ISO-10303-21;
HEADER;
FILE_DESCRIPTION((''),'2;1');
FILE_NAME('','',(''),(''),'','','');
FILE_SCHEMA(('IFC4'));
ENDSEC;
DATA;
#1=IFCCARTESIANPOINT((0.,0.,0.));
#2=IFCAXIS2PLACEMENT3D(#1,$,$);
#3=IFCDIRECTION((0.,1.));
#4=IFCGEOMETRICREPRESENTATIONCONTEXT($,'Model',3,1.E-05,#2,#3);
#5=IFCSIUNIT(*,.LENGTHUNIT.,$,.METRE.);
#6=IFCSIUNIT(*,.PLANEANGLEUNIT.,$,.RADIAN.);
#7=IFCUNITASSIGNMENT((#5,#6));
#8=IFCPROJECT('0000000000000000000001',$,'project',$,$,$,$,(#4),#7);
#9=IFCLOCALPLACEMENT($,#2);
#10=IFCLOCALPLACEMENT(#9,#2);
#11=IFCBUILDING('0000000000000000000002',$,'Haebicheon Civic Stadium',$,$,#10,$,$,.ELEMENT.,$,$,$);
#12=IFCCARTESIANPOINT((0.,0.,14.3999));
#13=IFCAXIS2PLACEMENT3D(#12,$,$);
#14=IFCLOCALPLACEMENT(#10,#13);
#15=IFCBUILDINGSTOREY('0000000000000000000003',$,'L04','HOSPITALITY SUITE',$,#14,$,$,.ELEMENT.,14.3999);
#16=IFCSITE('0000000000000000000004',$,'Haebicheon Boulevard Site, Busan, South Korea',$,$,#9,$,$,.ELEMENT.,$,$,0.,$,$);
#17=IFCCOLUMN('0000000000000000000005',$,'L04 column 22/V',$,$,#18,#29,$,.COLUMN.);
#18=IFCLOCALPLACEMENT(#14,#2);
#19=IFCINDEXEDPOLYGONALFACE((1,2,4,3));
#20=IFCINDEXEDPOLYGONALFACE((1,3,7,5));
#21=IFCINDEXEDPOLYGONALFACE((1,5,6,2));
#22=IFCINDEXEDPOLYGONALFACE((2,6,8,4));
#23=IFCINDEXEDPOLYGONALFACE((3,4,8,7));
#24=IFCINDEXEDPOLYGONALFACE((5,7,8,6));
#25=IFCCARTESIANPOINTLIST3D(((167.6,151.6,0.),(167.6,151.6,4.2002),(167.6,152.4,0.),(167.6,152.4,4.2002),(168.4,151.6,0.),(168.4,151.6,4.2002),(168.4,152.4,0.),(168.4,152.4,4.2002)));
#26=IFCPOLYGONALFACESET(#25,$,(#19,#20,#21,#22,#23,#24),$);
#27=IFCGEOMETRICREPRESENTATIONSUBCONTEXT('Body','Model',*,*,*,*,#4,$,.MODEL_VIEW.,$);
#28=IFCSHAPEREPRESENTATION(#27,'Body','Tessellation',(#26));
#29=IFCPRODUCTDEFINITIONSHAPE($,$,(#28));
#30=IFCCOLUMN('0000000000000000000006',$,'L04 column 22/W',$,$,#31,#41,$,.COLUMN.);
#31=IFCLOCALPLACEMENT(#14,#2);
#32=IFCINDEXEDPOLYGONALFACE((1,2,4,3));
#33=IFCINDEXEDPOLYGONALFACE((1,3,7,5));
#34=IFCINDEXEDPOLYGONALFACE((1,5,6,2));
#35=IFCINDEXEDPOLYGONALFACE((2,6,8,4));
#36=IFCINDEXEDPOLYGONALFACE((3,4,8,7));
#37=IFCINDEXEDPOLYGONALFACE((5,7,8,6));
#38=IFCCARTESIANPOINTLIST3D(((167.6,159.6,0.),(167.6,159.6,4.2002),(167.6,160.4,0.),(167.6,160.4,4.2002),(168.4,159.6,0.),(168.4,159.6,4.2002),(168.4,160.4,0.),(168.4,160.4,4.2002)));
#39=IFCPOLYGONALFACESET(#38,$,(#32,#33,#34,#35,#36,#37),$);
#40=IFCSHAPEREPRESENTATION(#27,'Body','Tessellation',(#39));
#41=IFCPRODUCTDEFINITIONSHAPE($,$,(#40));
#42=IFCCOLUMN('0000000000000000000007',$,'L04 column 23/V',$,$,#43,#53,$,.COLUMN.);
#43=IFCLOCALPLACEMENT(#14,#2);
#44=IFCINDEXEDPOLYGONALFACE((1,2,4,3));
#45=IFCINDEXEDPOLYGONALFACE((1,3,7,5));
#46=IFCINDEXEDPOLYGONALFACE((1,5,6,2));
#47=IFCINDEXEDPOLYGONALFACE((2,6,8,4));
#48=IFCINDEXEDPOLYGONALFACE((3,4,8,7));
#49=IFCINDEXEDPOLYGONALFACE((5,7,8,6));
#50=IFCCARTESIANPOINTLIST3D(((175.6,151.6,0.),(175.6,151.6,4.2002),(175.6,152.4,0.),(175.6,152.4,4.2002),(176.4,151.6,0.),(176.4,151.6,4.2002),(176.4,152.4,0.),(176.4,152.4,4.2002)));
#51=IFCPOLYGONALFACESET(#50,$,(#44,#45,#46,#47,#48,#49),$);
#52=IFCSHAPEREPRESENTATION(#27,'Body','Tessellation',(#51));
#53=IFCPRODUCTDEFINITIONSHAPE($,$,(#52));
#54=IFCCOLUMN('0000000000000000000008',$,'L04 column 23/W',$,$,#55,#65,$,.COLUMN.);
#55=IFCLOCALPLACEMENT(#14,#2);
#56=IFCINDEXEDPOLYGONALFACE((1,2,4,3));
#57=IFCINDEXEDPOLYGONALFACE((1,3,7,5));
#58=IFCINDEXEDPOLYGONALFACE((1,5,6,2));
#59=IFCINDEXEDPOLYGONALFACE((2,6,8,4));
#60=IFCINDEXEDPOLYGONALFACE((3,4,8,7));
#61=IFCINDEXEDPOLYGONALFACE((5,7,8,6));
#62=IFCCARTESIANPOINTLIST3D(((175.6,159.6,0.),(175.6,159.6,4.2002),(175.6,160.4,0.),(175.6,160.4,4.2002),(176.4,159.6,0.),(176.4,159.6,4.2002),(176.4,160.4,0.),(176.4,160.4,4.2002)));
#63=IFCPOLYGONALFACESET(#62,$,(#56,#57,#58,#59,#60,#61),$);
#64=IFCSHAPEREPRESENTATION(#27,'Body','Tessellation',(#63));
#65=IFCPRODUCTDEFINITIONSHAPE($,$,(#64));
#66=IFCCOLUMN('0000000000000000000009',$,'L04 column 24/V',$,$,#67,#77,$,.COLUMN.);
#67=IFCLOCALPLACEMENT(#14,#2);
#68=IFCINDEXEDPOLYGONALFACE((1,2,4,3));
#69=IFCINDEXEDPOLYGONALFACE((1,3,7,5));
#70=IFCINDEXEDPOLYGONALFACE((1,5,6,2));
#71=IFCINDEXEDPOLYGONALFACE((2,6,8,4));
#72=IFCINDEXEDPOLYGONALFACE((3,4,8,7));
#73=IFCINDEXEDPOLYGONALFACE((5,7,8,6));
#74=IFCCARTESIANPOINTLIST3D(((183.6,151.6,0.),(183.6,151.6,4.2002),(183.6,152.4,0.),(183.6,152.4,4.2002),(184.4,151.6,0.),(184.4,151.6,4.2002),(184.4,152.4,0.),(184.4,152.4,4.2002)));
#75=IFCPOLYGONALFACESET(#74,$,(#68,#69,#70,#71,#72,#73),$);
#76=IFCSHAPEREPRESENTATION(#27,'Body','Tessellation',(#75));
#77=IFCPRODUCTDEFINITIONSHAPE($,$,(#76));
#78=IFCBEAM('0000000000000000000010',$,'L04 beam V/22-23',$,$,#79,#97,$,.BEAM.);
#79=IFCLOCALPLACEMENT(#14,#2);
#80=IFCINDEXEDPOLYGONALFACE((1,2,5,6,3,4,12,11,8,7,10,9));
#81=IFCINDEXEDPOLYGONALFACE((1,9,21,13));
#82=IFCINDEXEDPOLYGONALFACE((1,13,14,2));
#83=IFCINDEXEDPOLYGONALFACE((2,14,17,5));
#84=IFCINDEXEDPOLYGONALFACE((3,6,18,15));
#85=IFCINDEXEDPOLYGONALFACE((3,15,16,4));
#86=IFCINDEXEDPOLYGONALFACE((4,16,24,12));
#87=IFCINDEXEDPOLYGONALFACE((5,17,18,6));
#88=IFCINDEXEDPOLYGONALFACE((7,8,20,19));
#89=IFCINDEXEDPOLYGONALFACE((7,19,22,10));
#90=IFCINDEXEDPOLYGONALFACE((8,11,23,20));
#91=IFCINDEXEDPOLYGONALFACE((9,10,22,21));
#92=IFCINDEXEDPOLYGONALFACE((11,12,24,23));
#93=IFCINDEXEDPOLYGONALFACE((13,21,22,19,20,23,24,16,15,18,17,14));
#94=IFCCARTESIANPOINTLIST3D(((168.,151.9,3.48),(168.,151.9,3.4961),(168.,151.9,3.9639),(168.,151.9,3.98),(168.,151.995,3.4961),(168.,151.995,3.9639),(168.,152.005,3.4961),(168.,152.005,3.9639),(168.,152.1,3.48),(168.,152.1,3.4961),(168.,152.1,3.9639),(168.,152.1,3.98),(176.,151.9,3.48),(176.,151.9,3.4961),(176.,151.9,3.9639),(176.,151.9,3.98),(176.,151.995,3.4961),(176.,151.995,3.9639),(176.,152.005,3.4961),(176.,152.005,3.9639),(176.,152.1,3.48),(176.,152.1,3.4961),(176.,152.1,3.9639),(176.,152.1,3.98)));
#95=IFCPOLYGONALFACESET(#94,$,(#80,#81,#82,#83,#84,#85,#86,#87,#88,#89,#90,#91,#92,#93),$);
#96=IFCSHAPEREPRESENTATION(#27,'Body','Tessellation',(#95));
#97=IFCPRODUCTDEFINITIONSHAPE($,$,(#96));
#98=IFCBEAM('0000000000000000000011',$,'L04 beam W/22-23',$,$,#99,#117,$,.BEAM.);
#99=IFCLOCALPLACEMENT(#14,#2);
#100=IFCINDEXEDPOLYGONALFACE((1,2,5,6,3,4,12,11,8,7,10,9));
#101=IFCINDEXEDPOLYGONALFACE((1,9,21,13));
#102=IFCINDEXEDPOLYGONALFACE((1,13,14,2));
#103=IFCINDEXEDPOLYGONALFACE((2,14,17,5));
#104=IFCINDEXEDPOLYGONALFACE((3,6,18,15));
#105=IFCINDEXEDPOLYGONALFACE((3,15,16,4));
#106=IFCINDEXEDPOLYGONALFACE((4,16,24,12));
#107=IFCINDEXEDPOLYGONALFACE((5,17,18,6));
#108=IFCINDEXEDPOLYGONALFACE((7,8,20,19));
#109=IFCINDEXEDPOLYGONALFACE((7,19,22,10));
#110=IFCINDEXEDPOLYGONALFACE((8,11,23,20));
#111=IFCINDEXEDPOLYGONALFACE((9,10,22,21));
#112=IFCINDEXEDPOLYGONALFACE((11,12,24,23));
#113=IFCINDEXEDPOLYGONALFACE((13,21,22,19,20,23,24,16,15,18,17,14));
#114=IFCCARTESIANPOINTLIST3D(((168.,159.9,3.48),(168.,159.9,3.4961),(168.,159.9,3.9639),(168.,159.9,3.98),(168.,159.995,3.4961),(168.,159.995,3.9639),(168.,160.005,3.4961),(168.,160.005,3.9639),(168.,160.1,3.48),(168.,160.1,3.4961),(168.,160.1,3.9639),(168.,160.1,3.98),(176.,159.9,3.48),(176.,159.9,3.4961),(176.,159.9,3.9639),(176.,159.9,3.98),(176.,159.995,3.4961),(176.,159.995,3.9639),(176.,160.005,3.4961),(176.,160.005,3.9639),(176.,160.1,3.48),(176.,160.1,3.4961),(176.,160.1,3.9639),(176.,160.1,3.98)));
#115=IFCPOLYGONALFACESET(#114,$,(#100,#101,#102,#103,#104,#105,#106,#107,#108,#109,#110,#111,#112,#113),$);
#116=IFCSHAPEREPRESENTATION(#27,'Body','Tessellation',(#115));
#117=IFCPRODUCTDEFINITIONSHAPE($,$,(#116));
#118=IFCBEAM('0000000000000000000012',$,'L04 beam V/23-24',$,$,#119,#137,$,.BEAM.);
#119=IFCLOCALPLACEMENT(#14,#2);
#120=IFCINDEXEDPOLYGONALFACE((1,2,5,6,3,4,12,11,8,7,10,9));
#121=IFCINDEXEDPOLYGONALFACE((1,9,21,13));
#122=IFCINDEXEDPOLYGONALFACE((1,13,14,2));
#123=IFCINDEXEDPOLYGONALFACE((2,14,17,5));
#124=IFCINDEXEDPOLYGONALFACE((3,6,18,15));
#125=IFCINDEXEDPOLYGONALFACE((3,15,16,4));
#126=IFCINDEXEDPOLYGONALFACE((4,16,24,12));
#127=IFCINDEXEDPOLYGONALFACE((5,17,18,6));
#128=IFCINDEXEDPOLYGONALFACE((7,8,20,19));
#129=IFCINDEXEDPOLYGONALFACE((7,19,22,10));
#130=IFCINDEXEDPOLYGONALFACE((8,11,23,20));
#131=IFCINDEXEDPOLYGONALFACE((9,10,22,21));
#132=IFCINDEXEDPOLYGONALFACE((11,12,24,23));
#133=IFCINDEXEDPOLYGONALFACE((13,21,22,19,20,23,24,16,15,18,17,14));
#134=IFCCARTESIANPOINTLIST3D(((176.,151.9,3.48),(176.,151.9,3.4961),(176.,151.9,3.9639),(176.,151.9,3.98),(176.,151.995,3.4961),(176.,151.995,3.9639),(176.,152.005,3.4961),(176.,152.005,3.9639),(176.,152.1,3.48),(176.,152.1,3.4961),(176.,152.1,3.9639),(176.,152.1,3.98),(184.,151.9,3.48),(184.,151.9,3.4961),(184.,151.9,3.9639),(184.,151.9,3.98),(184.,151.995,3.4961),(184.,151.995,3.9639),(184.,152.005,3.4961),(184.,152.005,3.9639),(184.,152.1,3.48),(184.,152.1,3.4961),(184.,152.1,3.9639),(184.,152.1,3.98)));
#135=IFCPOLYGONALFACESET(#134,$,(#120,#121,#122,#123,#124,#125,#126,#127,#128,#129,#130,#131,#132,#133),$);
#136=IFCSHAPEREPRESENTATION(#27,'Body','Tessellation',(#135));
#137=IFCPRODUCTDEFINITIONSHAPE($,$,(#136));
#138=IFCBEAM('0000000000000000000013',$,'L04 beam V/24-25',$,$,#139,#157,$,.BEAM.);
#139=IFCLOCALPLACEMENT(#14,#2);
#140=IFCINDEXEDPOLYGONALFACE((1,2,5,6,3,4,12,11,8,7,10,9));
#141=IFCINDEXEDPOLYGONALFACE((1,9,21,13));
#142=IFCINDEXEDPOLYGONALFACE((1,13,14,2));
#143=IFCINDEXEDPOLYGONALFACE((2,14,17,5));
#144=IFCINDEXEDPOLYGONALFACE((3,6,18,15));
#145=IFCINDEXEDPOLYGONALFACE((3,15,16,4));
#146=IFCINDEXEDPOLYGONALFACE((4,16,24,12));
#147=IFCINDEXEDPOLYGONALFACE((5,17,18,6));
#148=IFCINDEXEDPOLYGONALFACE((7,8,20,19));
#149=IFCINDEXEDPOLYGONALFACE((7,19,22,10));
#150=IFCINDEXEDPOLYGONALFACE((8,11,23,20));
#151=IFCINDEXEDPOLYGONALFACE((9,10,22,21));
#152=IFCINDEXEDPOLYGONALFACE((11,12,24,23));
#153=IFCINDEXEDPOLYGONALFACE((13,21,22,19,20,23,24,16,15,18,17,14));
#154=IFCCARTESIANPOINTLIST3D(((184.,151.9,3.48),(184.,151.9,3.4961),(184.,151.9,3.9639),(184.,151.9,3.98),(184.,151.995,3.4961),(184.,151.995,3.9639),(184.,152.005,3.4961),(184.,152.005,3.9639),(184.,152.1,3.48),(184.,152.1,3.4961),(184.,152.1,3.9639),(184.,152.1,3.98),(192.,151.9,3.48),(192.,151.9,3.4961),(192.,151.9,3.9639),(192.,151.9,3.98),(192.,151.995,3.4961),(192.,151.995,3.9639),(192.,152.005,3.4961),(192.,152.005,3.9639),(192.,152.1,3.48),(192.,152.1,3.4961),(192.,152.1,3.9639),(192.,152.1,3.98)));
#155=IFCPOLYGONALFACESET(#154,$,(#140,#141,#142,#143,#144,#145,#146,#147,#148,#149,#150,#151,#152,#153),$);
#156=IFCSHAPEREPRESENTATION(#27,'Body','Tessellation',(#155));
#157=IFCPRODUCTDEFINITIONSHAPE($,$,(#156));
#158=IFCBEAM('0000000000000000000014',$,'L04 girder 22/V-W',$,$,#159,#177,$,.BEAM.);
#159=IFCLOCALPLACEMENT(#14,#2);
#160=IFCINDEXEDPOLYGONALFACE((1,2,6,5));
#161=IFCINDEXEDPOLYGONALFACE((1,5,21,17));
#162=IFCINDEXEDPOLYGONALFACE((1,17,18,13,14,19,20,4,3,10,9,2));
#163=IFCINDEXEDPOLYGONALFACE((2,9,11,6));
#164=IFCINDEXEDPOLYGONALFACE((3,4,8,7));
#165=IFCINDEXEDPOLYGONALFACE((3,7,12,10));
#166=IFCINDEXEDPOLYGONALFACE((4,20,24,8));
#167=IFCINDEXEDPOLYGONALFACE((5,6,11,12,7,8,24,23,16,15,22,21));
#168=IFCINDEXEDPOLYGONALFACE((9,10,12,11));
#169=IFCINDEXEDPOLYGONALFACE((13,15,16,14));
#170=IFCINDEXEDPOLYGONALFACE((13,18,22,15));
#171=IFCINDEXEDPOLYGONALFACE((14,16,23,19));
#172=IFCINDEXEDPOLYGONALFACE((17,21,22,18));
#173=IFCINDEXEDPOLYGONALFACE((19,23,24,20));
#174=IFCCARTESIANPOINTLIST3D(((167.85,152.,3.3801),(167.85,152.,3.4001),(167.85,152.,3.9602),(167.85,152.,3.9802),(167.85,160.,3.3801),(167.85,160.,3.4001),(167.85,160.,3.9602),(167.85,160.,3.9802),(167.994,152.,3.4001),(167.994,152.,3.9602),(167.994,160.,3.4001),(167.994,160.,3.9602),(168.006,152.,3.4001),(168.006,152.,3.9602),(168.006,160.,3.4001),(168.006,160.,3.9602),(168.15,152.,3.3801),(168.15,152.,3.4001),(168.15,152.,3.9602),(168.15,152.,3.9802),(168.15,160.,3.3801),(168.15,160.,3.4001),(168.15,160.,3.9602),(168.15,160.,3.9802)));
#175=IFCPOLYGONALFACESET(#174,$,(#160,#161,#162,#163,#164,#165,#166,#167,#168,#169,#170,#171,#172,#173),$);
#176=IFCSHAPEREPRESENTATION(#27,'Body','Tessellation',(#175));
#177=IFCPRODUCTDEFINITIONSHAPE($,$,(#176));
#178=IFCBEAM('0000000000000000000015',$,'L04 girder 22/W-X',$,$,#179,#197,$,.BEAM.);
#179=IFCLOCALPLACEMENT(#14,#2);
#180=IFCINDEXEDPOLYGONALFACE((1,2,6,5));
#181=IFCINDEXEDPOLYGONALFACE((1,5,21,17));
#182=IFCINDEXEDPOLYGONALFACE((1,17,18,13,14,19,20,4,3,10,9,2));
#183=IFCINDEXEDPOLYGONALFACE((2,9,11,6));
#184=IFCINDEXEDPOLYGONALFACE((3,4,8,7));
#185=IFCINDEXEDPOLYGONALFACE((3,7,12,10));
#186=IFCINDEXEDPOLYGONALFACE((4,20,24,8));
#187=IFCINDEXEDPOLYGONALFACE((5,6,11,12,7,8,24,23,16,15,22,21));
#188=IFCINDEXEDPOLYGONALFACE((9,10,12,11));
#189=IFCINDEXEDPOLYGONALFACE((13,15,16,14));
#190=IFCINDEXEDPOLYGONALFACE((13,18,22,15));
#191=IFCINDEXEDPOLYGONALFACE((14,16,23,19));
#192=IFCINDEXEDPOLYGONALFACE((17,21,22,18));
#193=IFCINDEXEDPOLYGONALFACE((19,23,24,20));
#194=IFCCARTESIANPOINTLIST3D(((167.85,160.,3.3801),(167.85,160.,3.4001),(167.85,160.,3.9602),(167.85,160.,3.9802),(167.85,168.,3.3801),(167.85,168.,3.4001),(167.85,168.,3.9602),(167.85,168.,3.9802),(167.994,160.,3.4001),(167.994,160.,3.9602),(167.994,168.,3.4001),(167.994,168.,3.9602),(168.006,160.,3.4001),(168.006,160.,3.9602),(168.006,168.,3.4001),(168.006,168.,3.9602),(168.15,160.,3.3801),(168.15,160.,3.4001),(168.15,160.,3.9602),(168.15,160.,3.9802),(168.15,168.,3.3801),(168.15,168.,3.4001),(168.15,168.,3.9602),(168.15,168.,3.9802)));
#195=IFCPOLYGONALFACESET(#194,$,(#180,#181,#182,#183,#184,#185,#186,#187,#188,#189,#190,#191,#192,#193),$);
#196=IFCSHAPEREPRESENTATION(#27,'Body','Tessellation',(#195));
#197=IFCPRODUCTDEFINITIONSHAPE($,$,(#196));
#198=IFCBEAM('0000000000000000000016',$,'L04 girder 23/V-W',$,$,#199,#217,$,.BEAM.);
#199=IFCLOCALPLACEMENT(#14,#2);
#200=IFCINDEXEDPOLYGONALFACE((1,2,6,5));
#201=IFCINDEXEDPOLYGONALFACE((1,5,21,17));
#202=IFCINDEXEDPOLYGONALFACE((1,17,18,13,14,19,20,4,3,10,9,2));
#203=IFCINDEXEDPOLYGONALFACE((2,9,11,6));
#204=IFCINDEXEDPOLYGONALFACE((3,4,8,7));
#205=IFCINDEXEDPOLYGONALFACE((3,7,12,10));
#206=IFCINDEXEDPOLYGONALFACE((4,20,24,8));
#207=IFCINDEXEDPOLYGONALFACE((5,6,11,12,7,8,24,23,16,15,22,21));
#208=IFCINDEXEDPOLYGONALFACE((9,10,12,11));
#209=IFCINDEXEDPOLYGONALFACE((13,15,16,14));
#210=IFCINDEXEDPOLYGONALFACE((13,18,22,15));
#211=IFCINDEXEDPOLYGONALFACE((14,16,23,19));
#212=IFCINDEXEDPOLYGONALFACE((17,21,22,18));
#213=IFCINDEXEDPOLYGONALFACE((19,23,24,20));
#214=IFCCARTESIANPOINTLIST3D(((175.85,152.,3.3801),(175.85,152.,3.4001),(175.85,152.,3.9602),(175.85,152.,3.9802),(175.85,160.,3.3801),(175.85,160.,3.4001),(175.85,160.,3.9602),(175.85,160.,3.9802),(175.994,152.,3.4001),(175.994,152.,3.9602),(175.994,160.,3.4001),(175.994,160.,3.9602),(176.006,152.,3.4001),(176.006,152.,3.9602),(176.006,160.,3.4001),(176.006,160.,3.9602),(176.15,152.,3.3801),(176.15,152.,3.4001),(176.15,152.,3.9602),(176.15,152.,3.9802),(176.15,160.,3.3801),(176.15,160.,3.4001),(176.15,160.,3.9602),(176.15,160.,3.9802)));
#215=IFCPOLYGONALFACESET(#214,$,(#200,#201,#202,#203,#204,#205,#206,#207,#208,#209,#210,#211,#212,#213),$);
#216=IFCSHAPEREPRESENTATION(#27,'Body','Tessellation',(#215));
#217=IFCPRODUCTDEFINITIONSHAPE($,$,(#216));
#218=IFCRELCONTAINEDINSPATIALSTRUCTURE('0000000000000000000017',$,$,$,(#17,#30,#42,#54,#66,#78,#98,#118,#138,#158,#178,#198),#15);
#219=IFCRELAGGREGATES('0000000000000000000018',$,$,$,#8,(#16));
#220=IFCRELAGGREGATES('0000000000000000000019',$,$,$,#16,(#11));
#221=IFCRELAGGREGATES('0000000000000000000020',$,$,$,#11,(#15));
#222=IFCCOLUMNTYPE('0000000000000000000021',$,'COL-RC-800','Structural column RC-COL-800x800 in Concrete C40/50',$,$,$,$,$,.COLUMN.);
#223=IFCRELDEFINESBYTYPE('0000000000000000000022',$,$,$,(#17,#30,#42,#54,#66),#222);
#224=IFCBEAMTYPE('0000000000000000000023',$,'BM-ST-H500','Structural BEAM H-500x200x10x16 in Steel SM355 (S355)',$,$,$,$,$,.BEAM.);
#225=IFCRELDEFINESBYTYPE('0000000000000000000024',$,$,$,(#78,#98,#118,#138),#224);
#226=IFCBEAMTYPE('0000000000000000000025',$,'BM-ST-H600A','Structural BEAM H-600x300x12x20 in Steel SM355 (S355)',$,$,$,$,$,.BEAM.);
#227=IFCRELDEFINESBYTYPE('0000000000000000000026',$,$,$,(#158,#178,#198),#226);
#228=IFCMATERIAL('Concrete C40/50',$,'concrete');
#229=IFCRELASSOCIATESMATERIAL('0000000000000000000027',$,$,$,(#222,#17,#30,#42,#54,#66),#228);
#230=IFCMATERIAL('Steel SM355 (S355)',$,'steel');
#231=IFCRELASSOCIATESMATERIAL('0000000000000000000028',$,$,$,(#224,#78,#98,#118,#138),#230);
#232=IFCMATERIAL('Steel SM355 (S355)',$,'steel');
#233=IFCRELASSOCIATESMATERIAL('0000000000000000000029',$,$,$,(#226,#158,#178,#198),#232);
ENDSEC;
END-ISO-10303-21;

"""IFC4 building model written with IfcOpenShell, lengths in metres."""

from ifc_helpers import new_model, si_unit, direction, frame, origin, origin_2d, place, context, subcontext, project, spatial, rectangle, i_section, extrude, material, material_profile, profile_set, type_object, element, save


model = new_model("IFC4")

# Units and contexts
model_context = context("Model", 3, precision=1e-05, world=origin(), true_north=direction((0.0, 1.0)))
body_context = subcontext(model_context, "Body", "Model", "MODEL_VIEW")
ifc_project = project(units=[si_unit("LENGTHUNIT", "METRE"), si_unit("PLANEANGLEUNIT", "RADIAN")], contexts=[model_context])

# Site, building, storey
site_placement = place(None, origin())
site = spatial("IfcSite", under=ifc_project, at=site_placement, Name="Haebicheon Boulevard Site, Busan, South Korea", CompositionType="ELEMENT", RefElevation=0.0)
building_placement = place(site_placement, origin())
building = spatial("IfcBuilding", under=site, at=building_placement, Name="Haebicheon Civic Stadium", CompositionType="ELEMENT")
storey_placement = place(building_placement, frame((0.0, 0.0, 14.3999)))
storey = spatial("IfcBuildingStorey", under=building, at=storey_placement, Name="L04", Description="HOSPITALITY SUITE", CompositionType="ELEMENT", Elevation=14.3999)

# Columns
ifc_material_1 = material(Name="Concrete C40/50", Category="concrete")
ifc_material_profile_1 = material_profile(ifc_material_1, rectangle(XDim=0.8, YDim=0.8, at=origin_2d()), Name="RC-COL-800x800")
ifc_profile_set_1 = profile_set([ifc_material_profile_1], Name="Concrete C40/50")
column_type = type_object("IfcColumnType", Name="COL-RC-800", Description="Structural column RC-COL-800x800 in Concrete C40/50", PredefinedType="COLUMN", material=ifc_profile_set_1)
for number, where, z_axis, x_axis, name in (
    (1, (168.0, 152.0, 0.0), (0.0, 0.0, 1.0), (1.0, 0.0, 0.0), "L04 column 22/V"),
    (2, (168.0, 160.0, 0.0), (0.0, 0.0, 1.0), (1.0, 0.0, 0.0), "L04 column 22/W"),
    (3, (176.0, 152.0, 0.0), (0.0, 0.0, 1.0), (1.0, 0.0, 0.0), "L04 column 23/V"),
    (4, (176.0, 160.0, 0.0), (0.0, 0.0, 1.0), (1.0, 0.0, 0.0), "L04 column 23/W"),
    (5, (184.0, 152.0, 0.0), (0.0, 0.0, 1.0), (1.0, 0.0, 0.0), "L04 column 24/V"),
):
    element("IfcColumn", number, at=place(storey_placement, frame(where, z_axis=z_axis, x_axis=x_axis)), inside=storey, type_object=column_type, material=ifc_profile_set_1, Name=name, PredefinedType="COLUMN", context=body_context, shape_type="SweptSolid", body=[
        extrude(rectangle(XDim=0.8, YDim=0.8, at=origin_2d()), origin(), (0.0, 0.0, 1.0), 4.2002),
    ])

# Beams
ifc_material_2 = material(Name="Steel SM355 (S355)", Category="steel")
ifc_material_profile_2 = material_profile(ifc_material_2, i_section(OverallWidth=0.2, OverallDepth=0.5, WebThickness=0.01, FlangeThickness=0.0161, at=origin_2d()), Name="H-500x200x10x16")
ifc_profile_set_2 = profile_set([ifc_material_profile_2], Name="Steel SM355 (S355)")
beam_type_1 = type_object("IfcBeamType", Name="BM-ST-H500", Description="Structural BEAM H-500x200x10x16 in Steel SM355 (S355)", PredefinedType="BEAM", material=ifc_profile_set_2)
for number, where, z_axis, x_axis, name in (
    (6, (168.0, 152.0, 3.73), (1.0, 0.0, 0.0), (0.0, 1.0, 0.0), "L04 beam V/22-23"),
    (7, (168.0, 160.0, 3.73), (1.0, 0.0, 0.0), (0.0, 1.0, 0.0), "L04 beam W/22-23"),
    (8, (176.0, 152.0, 3.73), (1.0, 0.0, 0.0), (0.0, 1.0, 0.0), "L04 beam V/23-24"),
    (9, (184.0, 152.0, 3.73), (1.0, 0.0, 0.0), (0.0, 1.0, 0.0), "L04 beam V/24-25"),
):
    element("IfcBeam", number, at=place(storey_placement, frame(where, z_axis=z_axis, x_axis=x_axis)), inside=storey, type_object=beam_type_1, material=ifc_profile_set_2, Name=name, PredefinedType="BEAM", context=body_context, shape_type="SweptSolid", body=[
        extrude(i_section(OverallWidth=0.2, OverallDepth=0.5, WebThickness=0.01, FlangeThickness=0.0161, at=origin_2d()), origin(), (0.0, 0.0, 1.0), 8.0),
    ])
ifc_material_3 = material(Name="Steel SM355 (S355)", Category="steel")
ifc_material_profile_3 = material_profile(ifc_material_3, i_section(OverallWidth=0.3, OverallDepth=0.6001, WebThickness=0.012, FlangeThickness=0.02, at=origin_2d()), Name="H-600x300x12x20")
ifc_profile_set_3 = profile_set([ifc_material_profile_3], Name="Steel SM355 (S355)")
beam_type_2 = type_object("IfcBeamType", Name="BM-ST-H600A", Description="Structural BEAM H-600x300x12x20 in Steel SM355 (S355)", PredefinedType="BEAM", material=ifc_profile_set_3)
for number, where, z_axis, x_axis, name in (
    (10, (168.0, 152.0, 3.6802), (0.0, 1.0, 0.0), (-1.0, 0.0, 0.0), "L04 girder 22/V-W"),
    (11, (168.0, 160.0, 3.6802), (0.0, 1.0, 0.0), (-1.0, 0.0, 0.0), "L04 girder 22/W-X"),
    (12, (176.0, 152.0, 3.6802), (0.0, 1.0, 0.0), (-1.0, 0.0, 0.0), "L04 girder 23/V-W"),
):
    element("IfcBeam", number, at=place(storey_placement, frame(where, z_axis=z_axis, x_axis=x_axis)), inside=storey, type_object=beam_type_2, material=ifc_profile_set_3, Name=name, PredefinedType="BEAM", context=body_context, shape_type="SweptSolid", body=[
        extrude(i_section(OverallWidth=0.3, OverallDepth=0.6001, WebThickness=0.012, FlangeThickness=0.02, at=origin_2d()), origin(), (0.0, 0.0, 1.0), 8.0),
    ])

save(model, "model.ifc")
